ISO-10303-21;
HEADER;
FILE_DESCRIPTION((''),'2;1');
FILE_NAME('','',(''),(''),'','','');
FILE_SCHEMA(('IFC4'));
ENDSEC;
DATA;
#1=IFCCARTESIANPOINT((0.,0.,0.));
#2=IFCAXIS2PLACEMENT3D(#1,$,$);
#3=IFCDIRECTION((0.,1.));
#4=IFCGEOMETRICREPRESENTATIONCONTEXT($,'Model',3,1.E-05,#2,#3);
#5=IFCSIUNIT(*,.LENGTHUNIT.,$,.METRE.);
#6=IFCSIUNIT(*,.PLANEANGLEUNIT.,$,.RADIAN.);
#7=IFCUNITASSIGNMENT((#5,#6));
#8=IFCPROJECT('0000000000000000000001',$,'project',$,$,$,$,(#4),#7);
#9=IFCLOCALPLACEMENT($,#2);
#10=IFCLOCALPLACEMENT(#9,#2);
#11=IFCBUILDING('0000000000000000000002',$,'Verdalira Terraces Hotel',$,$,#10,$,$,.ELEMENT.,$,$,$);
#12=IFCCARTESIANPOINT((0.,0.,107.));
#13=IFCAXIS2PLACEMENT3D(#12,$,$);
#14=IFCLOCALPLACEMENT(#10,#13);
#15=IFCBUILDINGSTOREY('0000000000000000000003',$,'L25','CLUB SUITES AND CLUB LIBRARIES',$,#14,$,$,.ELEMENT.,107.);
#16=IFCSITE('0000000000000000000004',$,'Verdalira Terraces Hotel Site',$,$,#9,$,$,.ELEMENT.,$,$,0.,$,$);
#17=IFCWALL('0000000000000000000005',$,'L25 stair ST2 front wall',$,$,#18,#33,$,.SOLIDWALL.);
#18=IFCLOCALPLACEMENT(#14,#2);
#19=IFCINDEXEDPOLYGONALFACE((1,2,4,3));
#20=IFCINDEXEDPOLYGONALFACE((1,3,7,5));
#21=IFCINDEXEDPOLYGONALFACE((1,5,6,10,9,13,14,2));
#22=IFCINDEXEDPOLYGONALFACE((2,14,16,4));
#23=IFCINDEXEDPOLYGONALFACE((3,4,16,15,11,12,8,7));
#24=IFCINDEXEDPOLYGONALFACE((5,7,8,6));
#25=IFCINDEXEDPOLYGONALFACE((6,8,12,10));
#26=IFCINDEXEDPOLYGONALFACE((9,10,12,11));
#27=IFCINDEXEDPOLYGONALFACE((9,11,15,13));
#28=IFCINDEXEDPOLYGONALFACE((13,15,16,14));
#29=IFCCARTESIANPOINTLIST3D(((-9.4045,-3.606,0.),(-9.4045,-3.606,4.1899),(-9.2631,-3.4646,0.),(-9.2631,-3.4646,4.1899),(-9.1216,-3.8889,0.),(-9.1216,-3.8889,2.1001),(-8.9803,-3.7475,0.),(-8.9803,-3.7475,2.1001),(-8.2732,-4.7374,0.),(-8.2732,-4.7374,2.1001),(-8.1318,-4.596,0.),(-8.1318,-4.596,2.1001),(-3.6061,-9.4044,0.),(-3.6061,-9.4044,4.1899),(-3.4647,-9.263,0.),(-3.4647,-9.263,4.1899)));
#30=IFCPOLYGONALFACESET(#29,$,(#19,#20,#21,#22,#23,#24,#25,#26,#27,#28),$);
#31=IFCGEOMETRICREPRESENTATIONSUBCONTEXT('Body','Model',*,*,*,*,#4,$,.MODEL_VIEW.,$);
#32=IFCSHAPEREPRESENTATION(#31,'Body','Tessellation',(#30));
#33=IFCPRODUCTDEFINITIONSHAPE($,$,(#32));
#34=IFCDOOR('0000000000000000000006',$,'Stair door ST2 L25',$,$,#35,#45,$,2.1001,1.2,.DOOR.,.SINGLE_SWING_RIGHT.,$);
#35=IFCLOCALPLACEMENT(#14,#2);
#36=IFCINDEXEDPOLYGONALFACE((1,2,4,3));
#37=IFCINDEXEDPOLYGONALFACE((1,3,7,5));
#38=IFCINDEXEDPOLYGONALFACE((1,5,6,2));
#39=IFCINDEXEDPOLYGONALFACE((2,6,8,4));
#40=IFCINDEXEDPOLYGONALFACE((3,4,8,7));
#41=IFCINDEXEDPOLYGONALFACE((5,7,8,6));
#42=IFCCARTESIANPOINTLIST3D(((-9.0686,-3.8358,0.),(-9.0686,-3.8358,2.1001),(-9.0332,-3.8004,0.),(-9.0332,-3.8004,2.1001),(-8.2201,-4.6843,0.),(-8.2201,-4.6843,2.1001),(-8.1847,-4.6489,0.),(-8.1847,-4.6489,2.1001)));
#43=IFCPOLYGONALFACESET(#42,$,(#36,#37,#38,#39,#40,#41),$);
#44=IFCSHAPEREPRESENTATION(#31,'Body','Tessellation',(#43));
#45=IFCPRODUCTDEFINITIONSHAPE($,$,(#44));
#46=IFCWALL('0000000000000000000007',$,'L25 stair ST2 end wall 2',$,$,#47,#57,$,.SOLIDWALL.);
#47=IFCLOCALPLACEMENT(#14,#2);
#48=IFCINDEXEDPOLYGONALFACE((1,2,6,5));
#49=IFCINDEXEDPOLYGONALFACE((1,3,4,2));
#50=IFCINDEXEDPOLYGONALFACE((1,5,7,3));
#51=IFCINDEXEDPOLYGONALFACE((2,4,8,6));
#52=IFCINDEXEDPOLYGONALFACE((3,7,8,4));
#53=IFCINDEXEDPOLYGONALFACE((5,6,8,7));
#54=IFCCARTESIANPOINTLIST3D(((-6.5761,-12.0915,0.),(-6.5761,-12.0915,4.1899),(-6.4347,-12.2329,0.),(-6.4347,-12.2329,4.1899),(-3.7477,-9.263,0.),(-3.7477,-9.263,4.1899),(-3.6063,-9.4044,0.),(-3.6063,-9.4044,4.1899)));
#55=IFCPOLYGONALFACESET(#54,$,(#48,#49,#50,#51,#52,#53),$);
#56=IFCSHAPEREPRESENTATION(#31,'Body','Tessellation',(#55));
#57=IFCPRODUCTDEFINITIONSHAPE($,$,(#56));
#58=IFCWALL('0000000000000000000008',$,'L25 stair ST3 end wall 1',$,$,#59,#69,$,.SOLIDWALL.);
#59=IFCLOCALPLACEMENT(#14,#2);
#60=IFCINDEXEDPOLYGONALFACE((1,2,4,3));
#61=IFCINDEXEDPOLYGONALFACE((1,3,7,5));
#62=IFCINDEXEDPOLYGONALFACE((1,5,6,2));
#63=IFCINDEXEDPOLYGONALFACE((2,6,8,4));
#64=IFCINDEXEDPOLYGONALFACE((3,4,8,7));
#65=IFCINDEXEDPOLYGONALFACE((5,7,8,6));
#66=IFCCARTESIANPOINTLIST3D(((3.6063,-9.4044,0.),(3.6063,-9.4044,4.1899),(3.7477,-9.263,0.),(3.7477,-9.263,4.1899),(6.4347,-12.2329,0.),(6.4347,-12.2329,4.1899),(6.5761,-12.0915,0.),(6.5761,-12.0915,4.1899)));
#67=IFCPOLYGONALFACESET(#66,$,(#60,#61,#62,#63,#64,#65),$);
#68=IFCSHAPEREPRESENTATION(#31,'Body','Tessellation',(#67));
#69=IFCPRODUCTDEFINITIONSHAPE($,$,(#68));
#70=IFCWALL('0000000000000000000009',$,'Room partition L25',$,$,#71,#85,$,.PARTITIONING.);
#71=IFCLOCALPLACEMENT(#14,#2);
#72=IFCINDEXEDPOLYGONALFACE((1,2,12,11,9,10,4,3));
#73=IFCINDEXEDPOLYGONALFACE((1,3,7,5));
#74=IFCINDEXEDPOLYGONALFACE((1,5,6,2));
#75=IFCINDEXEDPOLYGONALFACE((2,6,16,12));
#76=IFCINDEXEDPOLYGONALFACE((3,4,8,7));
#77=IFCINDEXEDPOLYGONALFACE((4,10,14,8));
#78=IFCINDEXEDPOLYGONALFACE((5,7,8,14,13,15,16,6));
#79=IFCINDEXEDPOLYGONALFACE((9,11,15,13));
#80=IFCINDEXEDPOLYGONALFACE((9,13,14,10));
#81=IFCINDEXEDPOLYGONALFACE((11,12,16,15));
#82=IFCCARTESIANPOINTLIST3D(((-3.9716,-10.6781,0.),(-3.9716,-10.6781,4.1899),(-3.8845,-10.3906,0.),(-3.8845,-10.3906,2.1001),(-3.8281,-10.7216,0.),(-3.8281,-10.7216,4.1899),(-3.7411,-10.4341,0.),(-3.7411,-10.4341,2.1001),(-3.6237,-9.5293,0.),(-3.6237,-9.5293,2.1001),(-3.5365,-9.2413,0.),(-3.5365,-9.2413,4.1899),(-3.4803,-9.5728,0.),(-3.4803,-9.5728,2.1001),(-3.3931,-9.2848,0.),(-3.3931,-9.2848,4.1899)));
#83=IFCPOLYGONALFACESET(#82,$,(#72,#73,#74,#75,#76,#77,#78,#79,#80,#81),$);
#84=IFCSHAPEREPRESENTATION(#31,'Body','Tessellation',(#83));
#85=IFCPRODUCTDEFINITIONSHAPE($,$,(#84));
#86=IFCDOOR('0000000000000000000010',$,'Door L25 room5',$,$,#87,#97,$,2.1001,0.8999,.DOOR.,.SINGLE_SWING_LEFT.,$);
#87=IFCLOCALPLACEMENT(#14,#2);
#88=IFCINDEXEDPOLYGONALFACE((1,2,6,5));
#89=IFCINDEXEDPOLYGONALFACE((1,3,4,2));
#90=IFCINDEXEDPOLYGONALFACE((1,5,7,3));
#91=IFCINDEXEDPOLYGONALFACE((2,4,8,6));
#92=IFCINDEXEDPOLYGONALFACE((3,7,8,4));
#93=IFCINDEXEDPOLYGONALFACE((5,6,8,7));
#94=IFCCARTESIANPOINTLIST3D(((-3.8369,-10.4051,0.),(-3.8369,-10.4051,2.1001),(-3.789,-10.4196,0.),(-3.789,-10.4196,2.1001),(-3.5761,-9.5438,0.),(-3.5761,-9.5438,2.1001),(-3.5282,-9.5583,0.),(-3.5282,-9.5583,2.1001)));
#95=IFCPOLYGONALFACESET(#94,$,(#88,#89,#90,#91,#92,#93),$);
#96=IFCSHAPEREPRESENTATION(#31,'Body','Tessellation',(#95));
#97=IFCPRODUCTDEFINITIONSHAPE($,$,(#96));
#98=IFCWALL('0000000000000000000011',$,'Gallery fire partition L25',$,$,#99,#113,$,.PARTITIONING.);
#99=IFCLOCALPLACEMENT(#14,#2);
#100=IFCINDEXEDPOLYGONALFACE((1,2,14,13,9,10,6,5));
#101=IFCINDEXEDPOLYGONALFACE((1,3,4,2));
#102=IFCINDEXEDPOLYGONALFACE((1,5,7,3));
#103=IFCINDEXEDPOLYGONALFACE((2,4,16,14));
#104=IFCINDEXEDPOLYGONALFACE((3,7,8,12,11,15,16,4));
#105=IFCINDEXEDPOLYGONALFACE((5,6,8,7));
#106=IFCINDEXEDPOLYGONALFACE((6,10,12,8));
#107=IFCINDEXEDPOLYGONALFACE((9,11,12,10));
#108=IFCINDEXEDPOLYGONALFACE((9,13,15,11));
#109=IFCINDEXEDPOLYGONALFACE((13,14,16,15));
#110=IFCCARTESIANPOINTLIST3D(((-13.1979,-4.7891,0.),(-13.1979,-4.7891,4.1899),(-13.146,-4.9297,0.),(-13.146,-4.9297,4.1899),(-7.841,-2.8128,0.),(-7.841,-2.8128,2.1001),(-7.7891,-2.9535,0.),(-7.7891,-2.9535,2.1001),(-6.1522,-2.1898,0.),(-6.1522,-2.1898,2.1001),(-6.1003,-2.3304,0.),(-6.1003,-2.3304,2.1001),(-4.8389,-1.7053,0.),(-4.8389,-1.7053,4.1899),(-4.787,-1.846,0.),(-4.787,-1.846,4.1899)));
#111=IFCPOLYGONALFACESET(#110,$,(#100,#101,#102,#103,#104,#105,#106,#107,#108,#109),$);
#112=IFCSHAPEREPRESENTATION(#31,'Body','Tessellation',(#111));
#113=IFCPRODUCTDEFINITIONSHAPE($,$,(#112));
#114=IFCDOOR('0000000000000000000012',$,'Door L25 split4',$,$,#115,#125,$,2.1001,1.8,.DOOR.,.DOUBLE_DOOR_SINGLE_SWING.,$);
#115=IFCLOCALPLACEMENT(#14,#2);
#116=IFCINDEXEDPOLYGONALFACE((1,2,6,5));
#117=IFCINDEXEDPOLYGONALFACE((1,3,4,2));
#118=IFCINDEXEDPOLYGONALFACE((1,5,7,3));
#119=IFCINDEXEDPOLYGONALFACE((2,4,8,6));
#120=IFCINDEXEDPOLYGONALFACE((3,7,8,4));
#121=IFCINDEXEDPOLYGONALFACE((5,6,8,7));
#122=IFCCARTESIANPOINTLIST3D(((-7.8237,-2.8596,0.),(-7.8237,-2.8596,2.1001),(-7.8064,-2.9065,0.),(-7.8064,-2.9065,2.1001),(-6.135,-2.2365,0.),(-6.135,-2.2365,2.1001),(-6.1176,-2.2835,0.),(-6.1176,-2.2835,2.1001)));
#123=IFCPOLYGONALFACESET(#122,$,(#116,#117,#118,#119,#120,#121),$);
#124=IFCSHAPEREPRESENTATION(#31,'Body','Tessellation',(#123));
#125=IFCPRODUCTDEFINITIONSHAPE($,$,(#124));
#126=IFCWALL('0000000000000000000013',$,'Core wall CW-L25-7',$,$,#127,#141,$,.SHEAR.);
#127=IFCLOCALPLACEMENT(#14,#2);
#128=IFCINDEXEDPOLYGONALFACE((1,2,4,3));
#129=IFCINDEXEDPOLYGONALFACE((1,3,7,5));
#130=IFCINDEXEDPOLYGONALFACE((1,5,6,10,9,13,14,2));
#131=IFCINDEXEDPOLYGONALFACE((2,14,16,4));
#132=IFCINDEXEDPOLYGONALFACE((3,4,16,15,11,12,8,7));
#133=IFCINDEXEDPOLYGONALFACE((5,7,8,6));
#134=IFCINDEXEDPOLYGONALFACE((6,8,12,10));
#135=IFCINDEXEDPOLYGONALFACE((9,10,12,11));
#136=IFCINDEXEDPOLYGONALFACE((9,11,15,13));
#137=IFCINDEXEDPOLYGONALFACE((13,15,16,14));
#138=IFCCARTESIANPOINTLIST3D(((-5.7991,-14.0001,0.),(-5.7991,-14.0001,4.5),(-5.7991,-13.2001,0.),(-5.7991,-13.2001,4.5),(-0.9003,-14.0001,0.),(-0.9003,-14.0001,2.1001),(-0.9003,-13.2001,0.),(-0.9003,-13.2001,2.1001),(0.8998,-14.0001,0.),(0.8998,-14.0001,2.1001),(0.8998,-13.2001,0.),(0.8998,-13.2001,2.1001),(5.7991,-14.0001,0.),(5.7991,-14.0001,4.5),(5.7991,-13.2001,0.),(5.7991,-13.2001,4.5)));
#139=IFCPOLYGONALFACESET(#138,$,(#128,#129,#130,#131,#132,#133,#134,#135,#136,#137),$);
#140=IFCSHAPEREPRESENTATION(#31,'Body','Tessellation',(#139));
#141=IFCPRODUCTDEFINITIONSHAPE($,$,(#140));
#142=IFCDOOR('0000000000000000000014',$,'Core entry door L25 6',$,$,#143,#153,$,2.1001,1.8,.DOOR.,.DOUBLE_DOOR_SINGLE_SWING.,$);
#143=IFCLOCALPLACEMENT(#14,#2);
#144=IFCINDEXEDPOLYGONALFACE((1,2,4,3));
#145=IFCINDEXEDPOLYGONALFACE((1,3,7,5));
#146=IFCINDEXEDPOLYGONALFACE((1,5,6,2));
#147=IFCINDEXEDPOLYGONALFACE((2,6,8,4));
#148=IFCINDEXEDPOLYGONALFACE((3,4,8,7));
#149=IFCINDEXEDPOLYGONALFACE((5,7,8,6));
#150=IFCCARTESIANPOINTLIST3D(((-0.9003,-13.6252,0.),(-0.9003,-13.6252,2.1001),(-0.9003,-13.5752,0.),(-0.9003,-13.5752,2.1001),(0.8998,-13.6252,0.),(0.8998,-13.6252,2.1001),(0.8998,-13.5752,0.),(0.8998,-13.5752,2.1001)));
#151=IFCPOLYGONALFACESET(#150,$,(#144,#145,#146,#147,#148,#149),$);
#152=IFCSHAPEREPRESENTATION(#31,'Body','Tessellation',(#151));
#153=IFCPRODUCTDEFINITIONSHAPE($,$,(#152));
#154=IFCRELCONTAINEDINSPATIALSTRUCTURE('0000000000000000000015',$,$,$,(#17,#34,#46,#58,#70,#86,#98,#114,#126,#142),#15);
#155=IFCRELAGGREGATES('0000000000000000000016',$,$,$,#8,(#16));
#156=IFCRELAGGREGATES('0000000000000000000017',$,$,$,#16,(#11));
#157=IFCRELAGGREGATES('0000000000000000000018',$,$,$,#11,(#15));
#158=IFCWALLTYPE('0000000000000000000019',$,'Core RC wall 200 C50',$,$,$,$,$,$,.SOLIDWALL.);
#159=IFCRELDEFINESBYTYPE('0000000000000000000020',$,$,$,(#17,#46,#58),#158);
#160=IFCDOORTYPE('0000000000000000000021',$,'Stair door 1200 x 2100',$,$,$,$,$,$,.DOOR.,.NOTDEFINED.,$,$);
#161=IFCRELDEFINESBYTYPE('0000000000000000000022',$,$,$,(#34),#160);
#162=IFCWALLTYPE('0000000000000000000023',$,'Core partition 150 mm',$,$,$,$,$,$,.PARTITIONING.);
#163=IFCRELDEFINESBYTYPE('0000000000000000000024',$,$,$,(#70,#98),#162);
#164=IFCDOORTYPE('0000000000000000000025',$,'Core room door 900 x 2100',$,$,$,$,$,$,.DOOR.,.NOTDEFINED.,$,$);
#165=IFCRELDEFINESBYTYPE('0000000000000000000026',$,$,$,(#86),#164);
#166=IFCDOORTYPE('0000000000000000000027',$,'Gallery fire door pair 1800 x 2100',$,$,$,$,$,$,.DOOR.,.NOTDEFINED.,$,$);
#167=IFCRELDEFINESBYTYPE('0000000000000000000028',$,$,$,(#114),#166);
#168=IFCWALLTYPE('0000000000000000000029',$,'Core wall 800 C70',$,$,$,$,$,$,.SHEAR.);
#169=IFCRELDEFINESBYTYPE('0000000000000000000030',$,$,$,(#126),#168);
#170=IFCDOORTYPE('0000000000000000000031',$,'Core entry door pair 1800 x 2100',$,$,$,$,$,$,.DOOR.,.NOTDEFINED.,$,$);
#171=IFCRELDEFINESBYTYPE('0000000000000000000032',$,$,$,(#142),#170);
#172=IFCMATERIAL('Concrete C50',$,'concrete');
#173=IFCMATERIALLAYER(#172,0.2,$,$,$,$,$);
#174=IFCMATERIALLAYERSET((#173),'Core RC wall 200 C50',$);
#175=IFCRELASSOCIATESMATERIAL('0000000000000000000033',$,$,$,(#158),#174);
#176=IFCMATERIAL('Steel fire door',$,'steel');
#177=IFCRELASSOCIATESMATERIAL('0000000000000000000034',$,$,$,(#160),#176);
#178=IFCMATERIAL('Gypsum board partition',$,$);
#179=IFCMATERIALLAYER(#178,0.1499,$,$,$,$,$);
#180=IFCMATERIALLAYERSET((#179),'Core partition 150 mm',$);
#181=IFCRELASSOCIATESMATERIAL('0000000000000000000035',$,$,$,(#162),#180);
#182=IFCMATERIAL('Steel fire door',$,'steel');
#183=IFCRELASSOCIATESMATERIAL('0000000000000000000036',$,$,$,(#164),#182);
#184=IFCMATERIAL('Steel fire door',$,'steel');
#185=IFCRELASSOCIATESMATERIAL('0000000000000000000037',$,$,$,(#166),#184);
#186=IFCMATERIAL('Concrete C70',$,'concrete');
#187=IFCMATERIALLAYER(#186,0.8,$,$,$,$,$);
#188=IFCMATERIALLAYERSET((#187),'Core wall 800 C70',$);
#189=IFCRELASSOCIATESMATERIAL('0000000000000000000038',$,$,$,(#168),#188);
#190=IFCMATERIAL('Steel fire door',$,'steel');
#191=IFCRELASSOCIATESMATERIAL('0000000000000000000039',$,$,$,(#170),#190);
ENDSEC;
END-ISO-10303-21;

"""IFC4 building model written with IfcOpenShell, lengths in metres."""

from ifc_helpers import new_model, si_unit, direction, frame, frame_2d, origin, place, context, subcontext, project, spatial, rectangle, extrude, material, layer, layer_set, type_object, element, fill, save


model = new_model("IFC4")

# Units and contexts
model_context = context("Model", 3, precision=1e-05, world=origin(), true_north=direction((0.0, 1.0)))
body_context = subcontext(model_context, "Body", "Model", "MODEL_VIEW")
ifc_project = project(units=[si_unit("LENGTHUNIT", "METRE"), si_unit("PLANEANGLEUNIT", "RADIAN")], contexts=[model_context])

# Site, building, storey
site_placement = place(None, origin())
site = spatial("IfcSite", under=ifc_project, at=site_placement, Name="Verdalira Terraces Hotel Site", CompositionType="ELEMENT", RefElevation=0.0)
building_placement = place(site_placement, origin())
building = spatial("IfcBuilding", under=site, at=building_placement, Name="Verdalira Terraces Hotel", CompositionType="ELEMENT")
storey_placement = place(building_placement, frame((0.0, 0.0, 107.0)))
storey = spatial("IfcBuildingStorey", under=building, at=storey_placement, Name="L25", Description="CLUB SUITES AND CLUB LIBRARIES", CompositionType="ELEMENT", Elevation=107.0)

# Wall, opening, door
ifc_material_1 = material(Name="Concrete C50", Category="concrete")
ifc_layer_1 = layer(ifc_material_1, 0.2)
ifc_layer_set_1 = layer_set([ifc_layer_1], Name="Core RC wall 200 C50")
wall_type_1 = type_object("IfcWallType", Name="Core RC wall 200 C50", PredefinedType="SOLIDWALL", material=ifc_layer_set_1)
wall_1_placement = place(storey_placement, frame((-3.5354, -9.3337, 0.0), z_axis=(0.0, 0.0, 1.0), x_axis=(-0.707107, 0.707107, 0.0)))
wall_1 = element("IfcWall", 1, at=wall_1_placement, inside=storey, type_object=wall_type_1, Name="L25 stair ST2 front wall", PredefinedType="SOLIDWALL", context=body_context, shape_type="SweptSolid", body=[
    extrude(rectangle(XDim=8.2002, YDim=0.2, at=frame_2d((4.1001, 0.0))), origin(), (0.0, 0.0, 1.0), 4.1899),
])
opening_1_placement = place(wall_1_placement, frame((6.6001, 0.0, 0.0)))
opening_1 = element("IfcOpeningElement", 2, at=opening_1_placement, cuts=wall_1, PredefinedType="OPENING", context=body_context, shape_type="SweptSolid", body=[
    extrude(rectangle(XDim=1.2, YDim=2.1001, at=frame_2d((0.6001, 1.05))), frame((0.0, 0.1099, 0.0), z_axis=(0.0, -1.0, 0.0), x_axis=(1.0, 0.0, 0.0)), (0.0, 0.0, 1.0), 0.22),
])
ifc_material_2 = material(Name="Steel fire door", Category="steel")
door_type_1 = type_object("IfcDoorType", Name="Stair door 1200 x 2100", OperationType="NOTDEFINED", PredefinedType="DOOR", material=ifc_material_2)
door_1_placement = place(opening_1_placement, origin())
door_1 = element("IfcDoor", 3, at=door_1_placement, inside=storey, type_object=door_type_1, Name="Stair door ST2 L25", OperationType="SINGLE_SWING_RIGHT", OverallHeight=2.1001, OverallWidth=1.2, PredefinedType="DOOR", context=body_context, shape_type="SweptSolid", body=[
    extrude(rectangle(XDim=1.2, YDim=2.1001, at=frame_2d((0.6001, 1.05))), frame((0.0, 0.0249, 0.0), z_axis=(0.0, -1.0, 0.0), x_axis=(1.0, 0.0, 0.0)), (0.0, 0.0, 1.0), 0.05),
])
fill(opening_1, door_1)

# Walls
for number, where, z_axis, x_axis, name in (
    (4, (-3.677, -9.3337, 0.0), (0.0, 0.0, 1.0), (-0.707107, -0.707107, 0.0), "L25 stair ST2 end wall 2"),
    (5, (3.677, -9.3337, 0.0), (0.0, 0.0, 1.0), (0.707107, -0.707107, 0.0), "L25 stair ST3 end wall 1"),
):
    element("IfcWall", number, at=place(storey_placement, frame(where, z_axis=z_axis, x_axis=x_axis)), inside=storey, type_object=wall_type_1, Name=name, PredefinedType="SOLIDWALL", context=body_context, shape_type="SweptSolid", body=[
        extrude(rectangle(XDim=4.0, YDim=0.2, at=frame_2d((2.0, 0.0))), origin(), (0.0, 0.0, 1.0), 4.1899),
    ])

# Walls, openings, doors
ifc_material_3 = material(Name="Gypsum board partition")
ifc_layer_2 = layer(ifc_material_3, 0.1499)
ifc_layer_set_2 = layer_set([ifc_layer_2], Name="Core partition 150 mm")
wall_type_2 = type_object("IfcWallType", Name="Core partition 150 mm", PredefinedType="PARTITIONING", material=ifc_layer_set_2)
wall_2_placement = place(storey_placement, frame((-3.4648, -9.2632, 0.0), z_axis=(0.0, 0.0, 1.0), x_axis=(-0.289809, -0.957085, 0.0)))
wall_2 = element("IfcWall", 6, at=wall_2_placement, inside=storey, type_object=wall_type_2, Name="Room partition L25", PredefinedType="PARTITIONING", context=body_context, shape_type="SweptSolid", body=[
    extrude(rectangle(XDim=1.5012, YDim=0.1499, at=frame_2d((0.7505, 0.0))), origin(), (0.0, 0.0, 1.0), 4.1899),
])
opening_2_placement = place(wall_2_placement, frame((0.3008, 0.0, 0.0)))
opening_2 = element("IfcOpeningElement", 7, at=opening_2_placement, cuts=wall_2, PredefinedType="OPENING", context=body_context, shape_type="SweptSolid", body=[
    extrude(rectangle(XDim=0.8999, YDim=2.1001, at=frame_2d((0.45, 1.05))), frame((0.0, 0.085, 0.0), z_axis=(0.0, -1.0, 0.0), x_axis=(1.0, 0.0, 0.0)), (0.0, 0.0, 1.0), 0.1699),
])
ifc_material_4 = material(Name="Steel fire door", Category="steel")
door_type_2 = type_object("IfcDoorType", Name="Core room door 900 x 2100", OperationType="NOTDEFINED", PredefinedType="DOOR", material=ifc_material_4)
door_2_placement = place(opening_2_placement, origin())
door_2 = element("IfcDoor", 8, at=door_2_placement, inside=storey, type_object=door_type_2, Name="Door L25 room5", OperationType="SINGLE_SWING_LEFT", OverallHeight=2.1001, OverallWidth=0.8999, PredefinedType="DOOR", context=body_context, shape_type="SweptSolid", body=[
    extrude(rectangle(XDim=0.8999, YDim=2.1001, at=frame_2d((0.45, 1.05))), frame((0.0, 0.0249, 0.0), z_axis=(0.0, -1.0, 0.0), x_axis=(1.0, 0.0, 0.0)), (0.0, 0.0, 1.0), 0.05),
])
fill(opening_2, door_2)
wall_3_placement = place(storey_placement, frame((-4.813, -1.7756, 0.0), z_axis=(0.0, 0.0, 1.0), x_axis=(-0.938192, -0.346115, 0.0)))
wall_3 = element("IfcWall", 9, at=wall_3_placement, inside=storey, type_object=wall_type_2, Name="Gallery fire partition L25", PredefinedType="PARTITIONING", context=body_context, shape_type="SweptSolid", body=[
    extrude(rectangle(XDim=8.9097, YDim=0.1499, at=frame_2d((4.4548, 0.0))), origin(), (0.0, 0.0, 1.0), 4.1899),
])
opening_3_placement = place(wall_3_placement, frame((1.3999, 0.0, 0.0)))
opening_3 = element("IfcOpeningElement", 10, at=opening_3_placement, cuts=wall_3, PredefinedType="OPENING", context=body_context, shape_type="SweptSolid", body=[
    extrude(rectangle(XDim=1.8, YDim=2.1001, at=frame_2d((0.8999, 1.05))), frame((0.0, 0.085, 0.0), z_axis=(0.0, -1.0, 0.0), x_axis=(1.0, 0.0, 0.0)), (0.0, 0.0, 1.0), 0.1699),
])
ifc_material_5 = material(Name="Steel fire door", Category="steel")
door_type_3 = type_object("IfcDoorType", Name="Gallery fire door pair 1800 x 2100", OperationType="NOTDEFINED", PredefinedType="DOOR", material=ifc_material_5)
door_3_placement = place(opening_3_placement, origin())
door_3 = element("IfcDoor", 11, at=door_3_placement, inside=storey, type_object=door_type_3, Name="Door L25 split4", OperationType="DOUBLE_DOOR_SINGLE_SWING", OverallHeight=2.1001, OverallWidth=1.8, PredefinedType="DOOR", context=body_context, shape_type="SweptSolid", body=[
    extrude(rectangle(XDim=1.8, YDim=2.1001, at=frame_2d((0.8999, 1.05))), frame((0.0, 0.0249, 0.0), z_axis=(0.0, -1.0, 0.0), x_axis=(1.0, 0.0, 0.0)), (0.0, 0.0, 1.0), 0.05),
])
fill(opening_3, door_3)
ifc_material_6 = material(Name="Concrete C70", Category="concrete")
ifc_layer_3 = layer(ifc_material_6, 0.8)
ifc_layer_set_3 = layer_set([ifc_layer_3], Name="Core wall 800 C70")
wall_type_3 = type_object("IfcWallType", Name="Core wall 800 C70", PredefinedType="SHEAR", material=ifc_layer_set_3)
wall_4_placement = place(storey_placement, frame((-5.7991, -13.6001, 0.0), z_axis=(0.0, 0.0, 1.0), x_axis=(1.0, 0.0, 0.0)))
wall_4 = element("IfcWall", 12, at=wall_4_placement, inside=storey, type_object=wall_type_3, Name="Core wall CW-L25-7", PredefinedType="SHEAR", context=body_context, shape_type="SweptSolid", body=[
    extrude(rectangle(XDim=11.5981, YDim=0.8, at=frame_2d((5.7991, 0.0))), origin(), (0.0, 0.0, 1.0), 4.5),
])
opening_4_placement = place(wall_4_placement, frame((4.8989, 0.0, 0.0)))
opening_4 = element("IfcOpeningElement", 13, at=opening_4_placement, cuts=wall_4, PredefinedType="OPENING", context=body_context, shape_type="SweptSolid", body=[
    extrude(rectangle(XDim=1.8, YDim=2.1001, at=frame_2d((0.8999, 1.05))), frame((0.0, 0.4099, 0.0), z_axis=(0.0, -1.0, 0.0), x_axis=(1.0, 0.0, 0.0)), (0.0, 0.0, 1.0), 0.8201),
])
ifc_material_7 = material(Name="Steel fire door", Category="steel")
door_type_4 = type_object("IfcDoorType", Name="Core entry door pair 1800 x 2100", OperationType="NOTDEFINED", PredefinedType="DOOR", material=ifc_material_7)
door_4_placement = place(opening_4_placement, origin())
door_4 = element("IfcDoor", 14, at=door_4_placement, inside=storey, type_object=door_type_4, Name="Core entry door L25 6", OperationType="DOUBLE_DOOR_SINGLE_SWING", OverallHeight=2.1001, OverallWidth=1.8, PredefinedType="DOOR", context=body_context, shape_type="SweptSolid", body=[
    extrude(rectangle(XDim=1.8, YDim=2.1001, at=frame_2d((0.8999, 1.05))), frame((0.0, 0.0249, 0.0), z_axis=(0.0, -1.0, 0.0), x_axis=(1.0, 0.0, 0.0)), (0.0, 0.0, 1.0), 0.05),
])
fill(opening_4, door_4)

save(model, "model.ifc")
